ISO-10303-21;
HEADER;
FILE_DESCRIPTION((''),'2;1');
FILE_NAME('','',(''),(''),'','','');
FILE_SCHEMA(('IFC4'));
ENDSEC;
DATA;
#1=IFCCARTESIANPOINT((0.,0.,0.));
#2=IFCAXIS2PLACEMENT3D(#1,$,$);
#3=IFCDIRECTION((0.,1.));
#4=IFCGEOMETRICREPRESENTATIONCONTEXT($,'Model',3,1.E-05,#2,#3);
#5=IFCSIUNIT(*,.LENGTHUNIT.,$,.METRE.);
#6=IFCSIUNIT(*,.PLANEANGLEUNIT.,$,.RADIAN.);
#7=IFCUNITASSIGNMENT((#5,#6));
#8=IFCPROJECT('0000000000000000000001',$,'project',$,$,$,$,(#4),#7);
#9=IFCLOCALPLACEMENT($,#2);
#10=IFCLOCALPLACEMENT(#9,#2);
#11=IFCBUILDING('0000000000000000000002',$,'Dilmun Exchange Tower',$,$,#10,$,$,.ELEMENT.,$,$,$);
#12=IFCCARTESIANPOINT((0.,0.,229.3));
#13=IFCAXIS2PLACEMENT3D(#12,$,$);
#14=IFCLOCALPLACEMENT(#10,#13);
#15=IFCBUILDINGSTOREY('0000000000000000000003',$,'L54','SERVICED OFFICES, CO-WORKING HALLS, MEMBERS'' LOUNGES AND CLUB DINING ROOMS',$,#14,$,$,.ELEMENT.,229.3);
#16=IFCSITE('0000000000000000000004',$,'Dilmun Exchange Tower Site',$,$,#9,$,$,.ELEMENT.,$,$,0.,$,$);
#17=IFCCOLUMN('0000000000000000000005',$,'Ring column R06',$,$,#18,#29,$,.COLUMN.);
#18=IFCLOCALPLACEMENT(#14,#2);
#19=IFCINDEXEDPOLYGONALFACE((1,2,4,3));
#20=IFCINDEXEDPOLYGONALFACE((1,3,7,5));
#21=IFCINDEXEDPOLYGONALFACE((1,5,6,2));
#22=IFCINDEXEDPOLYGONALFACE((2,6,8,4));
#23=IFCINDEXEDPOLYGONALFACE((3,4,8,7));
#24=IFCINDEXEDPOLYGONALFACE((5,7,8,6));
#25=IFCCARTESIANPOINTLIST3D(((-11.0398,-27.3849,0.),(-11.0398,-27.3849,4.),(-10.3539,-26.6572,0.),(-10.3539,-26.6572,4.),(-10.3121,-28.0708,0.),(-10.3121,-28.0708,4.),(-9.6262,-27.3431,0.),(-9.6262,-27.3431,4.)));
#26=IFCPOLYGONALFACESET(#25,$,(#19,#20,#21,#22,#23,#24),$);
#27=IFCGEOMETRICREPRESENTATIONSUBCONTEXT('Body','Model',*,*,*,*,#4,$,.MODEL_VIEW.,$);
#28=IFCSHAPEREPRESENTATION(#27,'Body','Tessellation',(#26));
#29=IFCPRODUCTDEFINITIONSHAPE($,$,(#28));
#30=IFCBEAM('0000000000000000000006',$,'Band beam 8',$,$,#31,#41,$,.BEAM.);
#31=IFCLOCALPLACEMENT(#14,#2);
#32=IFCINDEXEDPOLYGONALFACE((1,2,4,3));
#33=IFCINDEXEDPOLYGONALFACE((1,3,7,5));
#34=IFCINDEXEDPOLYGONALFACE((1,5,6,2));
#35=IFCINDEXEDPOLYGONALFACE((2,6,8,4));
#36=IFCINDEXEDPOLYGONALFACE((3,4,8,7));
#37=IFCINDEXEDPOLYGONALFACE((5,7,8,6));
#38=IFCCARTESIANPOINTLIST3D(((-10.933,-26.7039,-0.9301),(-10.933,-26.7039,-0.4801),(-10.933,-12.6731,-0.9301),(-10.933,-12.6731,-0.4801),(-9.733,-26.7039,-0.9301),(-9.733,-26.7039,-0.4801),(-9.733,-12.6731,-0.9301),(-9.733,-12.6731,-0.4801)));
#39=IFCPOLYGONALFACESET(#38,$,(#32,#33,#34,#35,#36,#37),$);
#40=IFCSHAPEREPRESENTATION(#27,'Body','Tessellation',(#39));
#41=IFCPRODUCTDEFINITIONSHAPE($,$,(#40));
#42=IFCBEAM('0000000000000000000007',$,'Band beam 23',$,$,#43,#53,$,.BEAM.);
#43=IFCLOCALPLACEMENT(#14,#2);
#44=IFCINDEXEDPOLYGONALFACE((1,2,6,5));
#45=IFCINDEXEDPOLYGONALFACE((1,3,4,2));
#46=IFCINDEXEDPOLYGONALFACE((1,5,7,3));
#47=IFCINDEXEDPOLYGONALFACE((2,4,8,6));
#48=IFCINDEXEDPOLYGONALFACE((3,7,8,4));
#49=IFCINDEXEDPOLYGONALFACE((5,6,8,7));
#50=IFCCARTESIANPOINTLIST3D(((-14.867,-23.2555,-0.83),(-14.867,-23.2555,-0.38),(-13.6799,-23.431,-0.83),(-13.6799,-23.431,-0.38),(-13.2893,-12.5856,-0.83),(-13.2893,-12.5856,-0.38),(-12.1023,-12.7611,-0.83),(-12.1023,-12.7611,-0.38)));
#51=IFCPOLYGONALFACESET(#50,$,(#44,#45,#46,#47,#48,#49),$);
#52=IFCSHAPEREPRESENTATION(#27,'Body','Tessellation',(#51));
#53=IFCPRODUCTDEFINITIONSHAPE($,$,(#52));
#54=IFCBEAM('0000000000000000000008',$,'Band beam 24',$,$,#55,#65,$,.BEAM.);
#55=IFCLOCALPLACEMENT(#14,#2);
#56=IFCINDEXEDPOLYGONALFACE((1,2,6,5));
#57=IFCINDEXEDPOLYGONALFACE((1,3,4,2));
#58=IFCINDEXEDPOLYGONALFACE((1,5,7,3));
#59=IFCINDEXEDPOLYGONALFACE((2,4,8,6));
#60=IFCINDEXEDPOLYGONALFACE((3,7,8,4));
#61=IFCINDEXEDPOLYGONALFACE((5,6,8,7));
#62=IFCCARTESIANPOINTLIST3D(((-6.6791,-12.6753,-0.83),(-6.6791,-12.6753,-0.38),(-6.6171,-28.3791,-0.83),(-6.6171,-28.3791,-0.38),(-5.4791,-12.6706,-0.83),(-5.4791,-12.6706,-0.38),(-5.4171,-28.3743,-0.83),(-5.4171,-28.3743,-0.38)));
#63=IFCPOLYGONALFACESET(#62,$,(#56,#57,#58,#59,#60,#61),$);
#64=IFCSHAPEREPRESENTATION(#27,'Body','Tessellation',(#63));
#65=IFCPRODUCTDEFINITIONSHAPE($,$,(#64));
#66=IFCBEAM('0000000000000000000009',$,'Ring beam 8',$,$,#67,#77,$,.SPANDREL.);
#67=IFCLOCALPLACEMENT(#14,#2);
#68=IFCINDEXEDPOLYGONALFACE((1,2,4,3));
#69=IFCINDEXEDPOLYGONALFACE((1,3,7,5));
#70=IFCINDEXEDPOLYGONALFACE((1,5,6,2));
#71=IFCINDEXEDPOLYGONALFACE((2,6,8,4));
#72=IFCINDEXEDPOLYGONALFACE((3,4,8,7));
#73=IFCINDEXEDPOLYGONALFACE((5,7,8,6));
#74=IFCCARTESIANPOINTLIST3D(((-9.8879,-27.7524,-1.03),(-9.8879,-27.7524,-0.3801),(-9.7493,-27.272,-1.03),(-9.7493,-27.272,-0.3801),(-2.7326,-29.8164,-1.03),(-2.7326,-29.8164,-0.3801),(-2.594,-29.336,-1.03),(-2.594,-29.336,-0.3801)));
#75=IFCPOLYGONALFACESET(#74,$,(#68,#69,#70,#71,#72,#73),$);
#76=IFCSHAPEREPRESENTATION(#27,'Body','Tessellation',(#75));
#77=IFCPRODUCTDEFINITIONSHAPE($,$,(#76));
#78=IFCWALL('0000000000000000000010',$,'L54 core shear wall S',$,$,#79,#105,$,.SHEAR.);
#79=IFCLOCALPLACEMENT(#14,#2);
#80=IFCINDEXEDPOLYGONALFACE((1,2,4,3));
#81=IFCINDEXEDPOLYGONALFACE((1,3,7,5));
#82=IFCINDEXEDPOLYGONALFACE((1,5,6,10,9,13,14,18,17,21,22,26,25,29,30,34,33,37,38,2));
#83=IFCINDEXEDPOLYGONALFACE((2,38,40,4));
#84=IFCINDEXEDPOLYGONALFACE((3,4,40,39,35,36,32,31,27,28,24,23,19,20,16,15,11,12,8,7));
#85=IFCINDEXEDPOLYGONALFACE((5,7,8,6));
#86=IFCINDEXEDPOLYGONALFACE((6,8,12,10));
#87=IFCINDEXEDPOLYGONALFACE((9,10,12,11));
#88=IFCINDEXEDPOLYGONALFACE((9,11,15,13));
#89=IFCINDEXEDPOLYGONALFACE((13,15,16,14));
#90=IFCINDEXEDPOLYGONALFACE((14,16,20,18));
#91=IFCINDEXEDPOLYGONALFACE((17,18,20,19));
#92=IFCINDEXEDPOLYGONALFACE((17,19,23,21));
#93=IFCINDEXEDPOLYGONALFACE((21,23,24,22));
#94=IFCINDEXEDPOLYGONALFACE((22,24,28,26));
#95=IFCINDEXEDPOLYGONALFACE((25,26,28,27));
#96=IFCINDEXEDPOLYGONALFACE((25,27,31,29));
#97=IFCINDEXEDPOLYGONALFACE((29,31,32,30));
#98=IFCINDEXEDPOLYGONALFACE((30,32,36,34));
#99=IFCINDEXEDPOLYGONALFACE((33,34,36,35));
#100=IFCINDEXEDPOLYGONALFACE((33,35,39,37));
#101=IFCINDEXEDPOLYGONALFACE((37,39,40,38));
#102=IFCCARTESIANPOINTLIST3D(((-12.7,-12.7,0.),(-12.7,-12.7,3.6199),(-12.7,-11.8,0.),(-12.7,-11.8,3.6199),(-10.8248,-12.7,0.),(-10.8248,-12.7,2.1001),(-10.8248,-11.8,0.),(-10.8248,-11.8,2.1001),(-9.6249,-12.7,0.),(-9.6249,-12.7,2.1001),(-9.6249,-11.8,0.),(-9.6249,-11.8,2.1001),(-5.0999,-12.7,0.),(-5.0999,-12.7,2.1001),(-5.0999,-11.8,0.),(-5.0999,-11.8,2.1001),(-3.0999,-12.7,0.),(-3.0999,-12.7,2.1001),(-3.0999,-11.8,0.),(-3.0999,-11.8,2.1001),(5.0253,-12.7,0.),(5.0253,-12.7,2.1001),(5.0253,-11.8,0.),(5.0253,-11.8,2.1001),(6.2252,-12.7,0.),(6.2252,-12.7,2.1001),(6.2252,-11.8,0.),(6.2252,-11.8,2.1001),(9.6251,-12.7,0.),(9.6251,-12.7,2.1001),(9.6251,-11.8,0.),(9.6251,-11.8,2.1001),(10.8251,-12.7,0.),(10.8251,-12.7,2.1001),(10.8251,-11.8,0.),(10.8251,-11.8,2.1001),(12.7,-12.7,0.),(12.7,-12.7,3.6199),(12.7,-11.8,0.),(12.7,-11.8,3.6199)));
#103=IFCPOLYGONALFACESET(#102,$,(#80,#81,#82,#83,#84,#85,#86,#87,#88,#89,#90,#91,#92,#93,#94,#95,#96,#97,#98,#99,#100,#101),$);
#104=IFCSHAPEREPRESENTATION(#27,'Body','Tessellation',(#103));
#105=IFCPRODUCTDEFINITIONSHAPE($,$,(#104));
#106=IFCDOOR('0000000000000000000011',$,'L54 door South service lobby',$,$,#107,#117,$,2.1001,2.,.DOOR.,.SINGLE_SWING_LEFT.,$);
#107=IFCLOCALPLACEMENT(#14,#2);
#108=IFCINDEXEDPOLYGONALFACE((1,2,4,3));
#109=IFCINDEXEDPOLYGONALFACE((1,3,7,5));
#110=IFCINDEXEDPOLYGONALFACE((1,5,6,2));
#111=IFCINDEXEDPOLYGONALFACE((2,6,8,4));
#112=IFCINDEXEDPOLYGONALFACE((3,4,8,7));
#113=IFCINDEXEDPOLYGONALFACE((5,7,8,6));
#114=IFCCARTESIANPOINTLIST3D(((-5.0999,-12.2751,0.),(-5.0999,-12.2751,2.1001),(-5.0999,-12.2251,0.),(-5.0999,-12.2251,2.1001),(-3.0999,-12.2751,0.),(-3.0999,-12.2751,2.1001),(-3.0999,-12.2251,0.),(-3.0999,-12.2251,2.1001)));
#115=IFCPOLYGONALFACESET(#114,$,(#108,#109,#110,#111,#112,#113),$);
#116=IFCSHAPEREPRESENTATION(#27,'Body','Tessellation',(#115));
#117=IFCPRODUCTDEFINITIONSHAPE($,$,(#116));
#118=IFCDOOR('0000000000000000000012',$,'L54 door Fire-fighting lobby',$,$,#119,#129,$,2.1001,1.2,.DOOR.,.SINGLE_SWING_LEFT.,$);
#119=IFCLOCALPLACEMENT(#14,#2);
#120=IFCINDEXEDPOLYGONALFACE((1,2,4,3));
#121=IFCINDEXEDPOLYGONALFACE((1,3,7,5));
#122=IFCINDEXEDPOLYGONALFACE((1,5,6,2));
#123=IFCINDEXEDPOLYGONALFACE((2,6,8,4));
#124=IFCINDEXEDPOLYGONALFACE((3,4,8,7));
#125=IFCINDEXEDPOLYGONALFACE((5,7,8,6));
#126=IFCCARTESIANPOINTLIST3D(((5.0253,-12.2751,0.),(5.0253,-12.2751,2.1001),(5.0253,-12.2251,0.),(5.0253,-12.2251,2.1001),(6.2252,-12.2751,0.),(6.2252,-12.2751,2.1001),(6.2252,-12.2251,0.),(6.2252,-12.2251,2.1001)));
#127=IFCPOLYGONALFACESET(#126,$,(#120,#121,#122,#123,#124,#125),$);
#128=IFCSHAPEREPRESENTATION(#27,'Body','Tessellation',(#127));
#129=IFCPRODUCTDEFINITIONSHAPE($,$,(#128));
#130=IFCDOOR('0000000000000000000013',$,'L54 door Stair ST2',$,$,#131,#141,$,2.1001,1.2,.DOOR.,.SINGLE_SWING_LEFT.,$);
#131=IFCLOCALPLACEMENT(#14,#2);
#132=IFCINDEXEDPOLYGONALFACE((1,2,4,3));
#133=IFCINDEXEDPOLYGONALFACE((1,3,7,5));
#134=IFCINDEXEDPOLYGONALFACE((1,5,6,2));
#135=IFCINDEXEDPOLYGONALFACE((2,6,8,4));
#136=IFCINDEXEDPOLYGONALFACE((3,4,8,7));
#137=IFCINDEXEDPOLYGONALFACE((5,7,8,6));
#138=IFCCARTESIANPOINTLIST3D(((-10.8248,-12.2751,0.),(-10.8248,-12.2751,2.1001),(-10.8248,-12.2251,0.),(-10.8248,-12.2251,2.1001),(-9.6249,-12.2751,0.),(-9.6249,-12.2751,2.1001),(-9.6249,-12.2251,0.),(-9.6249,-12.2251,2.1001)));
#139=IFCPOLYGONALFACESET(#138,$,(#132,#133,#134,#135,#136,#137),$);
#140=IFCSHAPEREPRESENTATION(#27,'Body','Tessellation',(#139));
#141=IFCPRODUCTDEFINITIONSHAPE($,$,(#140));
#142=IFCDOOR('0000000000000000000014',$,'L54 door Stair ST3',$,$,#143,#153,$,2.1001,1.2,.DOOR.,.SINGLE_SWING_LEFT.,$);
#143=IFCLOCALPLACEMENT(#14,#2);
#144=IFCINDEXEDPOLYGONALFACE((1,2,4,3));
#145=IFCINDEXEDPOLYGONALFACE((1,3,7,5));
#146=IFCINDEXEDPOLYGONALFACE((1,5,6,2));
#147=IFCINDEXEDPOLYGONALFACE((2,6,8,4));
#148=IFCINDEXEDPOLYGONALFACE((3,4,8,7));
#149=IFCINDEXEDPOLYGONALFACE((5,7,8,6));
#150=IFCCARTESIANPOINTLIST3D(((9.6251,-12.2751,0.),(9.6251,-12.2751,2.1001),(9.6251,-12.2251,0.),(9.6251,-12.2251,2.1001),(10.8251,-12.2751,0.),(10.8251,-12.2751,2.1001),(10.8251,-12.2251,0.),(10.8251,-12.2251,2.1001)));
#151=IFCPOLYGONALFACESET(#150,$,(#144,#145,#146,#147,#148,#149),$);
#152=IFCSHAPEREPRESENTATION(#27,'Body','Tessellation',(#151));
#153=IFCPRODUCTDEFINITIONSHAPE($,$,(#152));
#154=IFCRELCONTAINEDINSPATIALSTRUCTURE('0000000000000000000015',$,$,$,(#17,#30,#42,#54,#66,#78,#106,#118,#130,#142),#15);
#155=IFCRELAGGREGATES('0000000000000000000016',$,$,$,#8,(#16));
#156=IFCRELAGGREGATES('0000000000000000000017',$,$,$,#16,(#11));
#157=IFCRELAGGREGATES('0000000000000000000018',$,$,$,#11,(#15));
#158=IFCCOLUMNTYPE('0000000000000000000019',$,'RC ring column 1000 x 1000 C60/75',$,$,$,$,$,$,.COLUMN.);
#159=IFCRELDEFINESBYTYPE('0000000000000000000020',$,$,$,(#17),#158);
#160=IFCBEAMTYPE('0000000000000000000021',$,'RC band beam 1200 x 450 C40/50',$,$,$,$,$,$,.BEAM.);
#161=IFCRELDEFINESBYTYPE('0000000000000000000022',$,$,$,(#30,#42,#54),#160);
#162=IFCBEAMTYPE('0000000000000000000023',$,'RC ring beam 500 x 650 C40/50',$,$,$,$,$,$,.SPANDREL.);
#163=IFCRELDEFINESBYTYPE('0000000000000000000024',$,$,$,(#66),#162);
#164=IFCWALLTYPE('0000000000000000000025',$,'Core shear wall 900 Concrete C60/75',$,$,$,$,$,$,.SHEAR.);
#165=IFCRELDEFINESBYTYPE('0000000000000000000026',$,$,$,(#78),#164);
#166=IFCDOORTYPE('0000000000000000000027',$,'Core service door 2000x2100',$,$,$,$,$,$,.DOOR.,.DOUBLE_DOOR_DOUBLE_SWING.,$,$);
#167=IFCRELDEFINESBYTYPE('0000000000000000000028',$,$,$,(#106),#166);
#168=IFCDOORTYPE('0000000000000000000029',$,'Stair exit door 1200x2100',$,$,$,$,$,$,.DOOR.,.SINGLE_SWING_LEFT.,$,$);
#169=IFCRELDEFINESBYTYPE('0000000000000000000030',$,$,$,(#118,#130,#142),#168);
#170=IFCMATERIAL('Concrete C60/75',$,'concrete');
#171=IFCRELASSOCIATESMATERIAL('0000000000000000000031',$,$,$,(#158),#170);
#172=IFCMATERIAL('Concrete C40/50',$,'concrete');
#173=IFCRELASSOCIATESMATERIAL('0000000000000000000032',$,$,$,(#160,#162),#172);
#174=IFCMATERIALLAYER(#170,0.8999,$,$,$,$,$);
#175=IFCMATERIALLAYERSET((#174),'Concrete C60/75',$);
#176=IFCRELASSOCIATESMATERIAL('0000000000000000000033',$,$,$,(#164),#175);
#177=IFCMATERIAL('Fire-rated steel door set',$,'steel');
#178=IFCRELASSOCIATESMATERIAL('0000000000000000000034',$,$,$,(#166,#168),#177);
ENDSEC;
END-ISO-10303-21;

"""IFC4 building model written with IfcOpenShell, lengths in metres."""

from ifc_helpers import new_model, si_unit, direction, frame, frame_2d, origin, origin_2d, place, context, subcontext, project, spatial, rectangle, extrude, material, layer, layer_set, material_profile, profile_set, type_object, element, fill, save


model = new_model("IFC4")

# Units and contexts
model_context = context("Model", 3, precision=1e-05, world=origin(), true_north=direction((0.0, 1.0)))
body_context = subcontext(model_context, "Body", "Model", "MODEL_VIEW")
ifc_project = project(units=[si_unit("LENGTHUNIT", "METRE"), si_unit("PLANEANGLEUNIT", "RADIAN")], contexts=[model_context])

# Site, building, storey
site_placement = place(None, origin())
site = spatial("IfcSite", under=ifc_project, at=site_placement, Name="Dilmun Exchange Tower Site", CompositionType="ELEMENT", RefElevation=0.0)
building_placement = place(site_placement, origin())
building = spatial("IfcBuilding", under=site, at=building_placement, Name="Dilmun Exchange Tower", CompositionType="ELEMENT")
storey_placement = place(building_placement, frame((0.0, 0.0, 229.3)))
storey = spatial("IfcBuildingStorey", under=building, at=storey_placement, Name="L54", Description="SERVICED OFFICES, CO-WORKING HALLS, MEMBERS' LOUNGES AND CLUB DINING ROOMS", CompositionType="ELEMENT", Elevation=229.3)

# Column
ifc_material_1 = material(Name="Concrete C60/75", Category="concrete")
ifc_material_profile_1 = material_profile(ifc_material_1, rectangle(XDim=1.0, YDim=1.0, at=origin_2d()), Name="1000 x 1000")
ifc_profile_set_1 = profile_set([ifc_material_profile_1], Name="Concrete C60/75")
column_type = type_object("IfcColumnType", Name="RC ring column 1000 x 1000 C60/75", PredefinedType="COLUMN", material=ifc_profile_set_1)
column_placement = place(storey_placement, frame((-10.333, -27.364, 0.0), z_axis=(0.0, 0.0, 1.0), x_axis=(0.685916, 0.727681, 0.0)))
element("IfcColumn", 1, at=column_placement, inside=storey, type_object=column_type, Name="Ring column R06", PredefinedType="COLUMN", context=body_context, shape_type="SweptSolid", body=[
    extrude(rectangle(XDim=1.0, YDim=1.0, at=origin_2d()), origin(), (0.0, 0.0, 1.0), 4.0),
])

# Beams
ifc_material_2 = material(Name="Concrete C40/50", Category="concrete")
ifc_material_profile_2 = material_profile(ifc_material_2, rectangle(XDim=1.2, YDim=0.45, at=origin_2d()), Name="1200 x 450")
ifc_profile_set_2 = profile_set([ifc_material_profile_2], Name="Concrete C40/50")
beam_type_1 = type_object("IfcBeamType", Name="RC band beam 1200 x 450 C40/50", PredefinedType="BEAM", material=ifc_profile_set_2)
beam_1_placement = place(storey_placement, frame((-10.333, -26.7039, -0.7051), z_axis=(0.0, 1.0, 0.0), x_axis=(-1.0, 0.0, 0.0)))
element("IfcBeam", 2, at=beam_1_placement, inside=storey, type_object=beam_type_1, Name="Band beam 8", PredefinedType="BEAM", context=body_context, shape_type="SweptSolid", body=[
    extrude(rectangle(XDim=1.2, YDim=0.45, at=origin_2d()), origin(), (0.0, 0.0, 1.0), 14.0308),
])
beam_2_placement = place(storey_placement, frame((-14.2734, -23.3433, -0.605), z_axis=(0.146268, 0.989245, 0.0), x_axis=(-0.989245, 0.146268, 0.0)))
element("IfcBeam", 3, at=beam_2_placement, inside=storey, type_object=beam_type_1, Name="Band beam 23", PredefinedType="BEAM", context=body_context, shape_type="SweptSolid", body=[
    extrude(rectangle(XDim=1.2, YDim=0.45, at=origin_2d()), origin(), (0.0, 0.0, 1.0), 10.7859),
])
beam_3_placement = place(storey_placement, frame((-6.0171, -28.3767, -0.605), z_axis=(-0.003949, 0.999992, 0.0), x_axis=(-0.999992, -0.003949, 0.0)))
element("IfcBeam", 4, at=beam_3_placement, inside=storey, type_object=beam_type_1, Name="Band beam 24", PredefinedType="BEAM", context=body_context, shape_type="SweptSolid", body=[
    extrude(rectangle(XDim=1.2, YDim=0.45, at=origin_2d()), origin(), (0.0, 0.0, 1.0), 15.7039),
])
ifc_material_profile_3 = material_profile(ifc_material_2, rectangle(XDim=0.5, YDim=0.6499, at=origin_2d()), Name="500 x 650")
ifc_profile_set_3 = profile_set([ifc_material_profile_3], Name="Concrete C40/50")
beam_type_2 = type_object("IfcBeamType", Name="RC ring beam 500 x 650 C40/50", PredefinedType="SPANDREL", material=ifc_profile_set_3)
beam_4_placement = place(storey_placement, frame((-9.8186, -27.5122, -0.7051), z_axis=(0.960826, -0.277154, 0.0), x_axis=(0.277154, 0.960826, 0.0)))
element("IfcBeam", 5, at=beam_4_placement, inside=storey, type_object=beam_type_2, Name="Ring beam 8", PredefinedType="SPANDREL", context=body_context, shape_type="SweptSolid", body=[
    extrude(rectangle(XDim=0.5, YDim=0.6499, at=origin_2d()), origin(), (0.0, 0.0, 1.0), 7.447),
])

# Wall, openings, doors
ifc_layer_1 = layer(ifc_material_1, 0.8999)
ifc_layer_set_1 = layer_set([ifc_layer_1], Name="Concrete C60/75")
wall_type_1 = type_object("IfcWallType", Name="Core shear wall 900 Concrete C60/75", PredefinedType="SHEAR", material=ifc_layer_set_1)
wall_1_placement = place(storey_placement, frame((-12.7, -12.25, 0.0), z_axis=(0.0, 0.0, 1.0), x_axis=(1.0, 0.0, 0.0)))
wall_1 = element("IfcWall", 6, at=wall_1_placement, inside=storey, type_object=wall_type_1, Name="L54 core shear wall S", PredefinedType="SHEAR", context=body_context, shape_type="SweptSolid", body=[
    extrude(rectangle(XDim=25.3999, YDim=0.8999, at=frame_2d((12.7, 0.0))), origin(), (0.0, 0.0, 1.0), 3.6199),
])
opening_1_placement = place(wall_1_placement, frame((7.6001, 0.0, 0.0)))
opening_1 = element("IfcOpeningElement", 7, at=opening_1_placement, cuts=wall_1, PredefinedType="OPENING", context=body_context, shape_type="SweptSolid", body=[
    extrude(rectangle(XDim=2.0, YDim=2.1001, at=frame_2d((1.0, 1.05))), frame((0.0, 0.46, 0.0), z_axis=(0.0, -1.0, 0.0), x_axis=(1.0, 0.0, 0.0)), (0.0, 0.0, 1.0), 0.9199),
])
opening_2_placement = place(wall_1_placement, frame((17.7251, 0.0, 0.0)))
opening_2 = element("IfcOpeningElement", 8, at=opening_2_placement, cuts=wall_1, PredefinedType="OPENING", context=body_context, shape_type="SweptSolid", body=[
    extrude(rectangle(XDim=1.2, YDim=2.1001, at=frame_2d((0.6001, 1.05))), frame((0.0, 0.46, 0.0), z_axis=(0.0, -1.0, 0.0), x_axis=(1.0, 0.0, 0.0)), (0.0, 0.0, 1.0), 0.9199),
])
opening_3_placement = place(wall_1_placement, frame((1.875, 0.0, 0.0)))
opening_3 = element("IfcOpeningElement", 9, at=opening_3_placement, cuts=wall_1, PredefinedType="OPENING", context=body_context, shape_type="SweptSolid", body=[
    extrude(rectangle(XDim=1.2, YDim=2.1001, at=frame_2d((0.6001, 1.05))), frame((0.0, 0.46, 0.0), z_axis=(0.0, -1.0, 0.0), x_axis=(1.0, 0.0, 0.0)), (0.0, 0.0, 1.0), 0.9199),
])
opening_4_placement = place(wall_1_placement, frame((22.325, 0.0, 0.0)))
opening_4 = element("IfcOpeningElement", 10, at=opening_4_placement, cuts=wall_1, PredefinedType="OPENING", context=body_context, shape_type="SweptSolid", body=[
    extrude(rectangle(XDim=1.2, YDim=2.1001, at=frame_2d((0.6001, 1.05))), frame((0.0, 0.46, 0.0), z_axis=(0.0, -1.0, 0.0), x_axis=(1.0, 0.0, 0.0)), (0.0, 0.0, 1.0), 0.9199),
])
ifc_material_3 = material(Name="Fire-rated steel door set", Category="steel")
door_type_1 = type_object("IfcDoorType", Name="Core service door 2000x2100", OperationType="DOUBLE_DOOR_DOUBLE_SWING", PredefinedType="DOOR", material=ifc_material_3)
door_1_placement = place(opening_1_placement, origin())
door_1 = element("IfcDoor", 11, at=door_1_placement, inside=storey, type_object=door_type_1, Name="L54 door South service lobby", OperationType="SINGLE_SWING_LEFT", OverallHeight=2.1001, OverallWidth=2.0, PredefinedType="DOOR", context=body_context, shape_type="SweptSolid", body=[
    extrude(rectangle(XDim=2.0, YDim=2.1001, at=frame_2d((1.0, 1.05))), frame((0.0, 0.0249, 0.0), z_axis=(0.0, -1.0, 0.0), x_axis=(1.0, 0.0, 0.0)), (0.0, 0.0, 1.0), 0.05),
])
fill(opening_1, door_1)
door_type_2 = type_object("IfcDoorType", Name="Stair exit door 1200x2100", OperationType="SINGLE_SWING_LEFT", PredefinedType="DOOR", material=ifc_material_3)
door_2_placement = place(opening_2_placement, origin())
door_2 = element("IfcDoor", 12, at=door_2_placement, inside=storey, type_object=door_type_2, Name="L54 door Fire-fighting lobby", OperationType="SINGLE_SWING_LEFT", OverallHeight=2.1001, OverallWidth=1.2, PredefinedType="DOOR", context=body_context, shape_type="SweptSolid", body=[
    extrude(rectangle(XDim=1.2, YDim=2.1001, at=frame_2d((0.6001, 1.05))), frame((0.0, 0.0249, 0.0), z_axis=(0.0, -1.0, 0.0), x_axis=(1.0, 0.0, 0.0)), (0.0, 0.0, 1.0), 0.05),
])
fill(opening_2, door_2)
door_3_placement = place(opening_3_placement, origin())
door_3 = element("IfcDoor", 13, at=door_3_placement, inside=storey, type_object=door_type_2, Name="L54 door Stair ST2", OperationType="SINGLE_SWING_LEFT", OverallHeight=2.1001, OverallWidth=1.2, PredefinedType="DOOR", context=body_context, shape_type="SweptSolid", body=[
    extrude(rectangle(XDim=1.2, YDim=2.1001, at=frame_2d((0.6001, 1.05))), frame((0.0, 0.0249, 0.0), z_axis=(0.0, -1.0, 0.0), x_axis=(1.0, 0.0, 0.0)), (0.0, 0.0, 1.0), 0.05),
])
fill(opening_3, door_3)
door_4_placement = place(opening_4_placement, origin())
door_4 = element("IfcDoor", 14, at=door_4_placement, inside=storey, type_object=door_type_2, Name="L54 door Stair ST3", OperationType="SINGLE_SWING_LEFT", OverallHeight=2.1001, OverallWidth=1.2, PredefinedType="DOOR", context=body_context, shape_type="SweptSolid", body=[
    extrude(rectangle(XDim=1.2, YDim=2.1001, at=frame_2d((0.6001, 1.05))), frame((0.0, 0.0249, 0.0), z_axis=(0.0, -1.0, 0.0), x_axis=(1.0, 0.0, 0.0)), (0.0, 0.0, 1.0), 0.05),
])
fill(opening_4, door_4)

save(model, "model.ifc")
